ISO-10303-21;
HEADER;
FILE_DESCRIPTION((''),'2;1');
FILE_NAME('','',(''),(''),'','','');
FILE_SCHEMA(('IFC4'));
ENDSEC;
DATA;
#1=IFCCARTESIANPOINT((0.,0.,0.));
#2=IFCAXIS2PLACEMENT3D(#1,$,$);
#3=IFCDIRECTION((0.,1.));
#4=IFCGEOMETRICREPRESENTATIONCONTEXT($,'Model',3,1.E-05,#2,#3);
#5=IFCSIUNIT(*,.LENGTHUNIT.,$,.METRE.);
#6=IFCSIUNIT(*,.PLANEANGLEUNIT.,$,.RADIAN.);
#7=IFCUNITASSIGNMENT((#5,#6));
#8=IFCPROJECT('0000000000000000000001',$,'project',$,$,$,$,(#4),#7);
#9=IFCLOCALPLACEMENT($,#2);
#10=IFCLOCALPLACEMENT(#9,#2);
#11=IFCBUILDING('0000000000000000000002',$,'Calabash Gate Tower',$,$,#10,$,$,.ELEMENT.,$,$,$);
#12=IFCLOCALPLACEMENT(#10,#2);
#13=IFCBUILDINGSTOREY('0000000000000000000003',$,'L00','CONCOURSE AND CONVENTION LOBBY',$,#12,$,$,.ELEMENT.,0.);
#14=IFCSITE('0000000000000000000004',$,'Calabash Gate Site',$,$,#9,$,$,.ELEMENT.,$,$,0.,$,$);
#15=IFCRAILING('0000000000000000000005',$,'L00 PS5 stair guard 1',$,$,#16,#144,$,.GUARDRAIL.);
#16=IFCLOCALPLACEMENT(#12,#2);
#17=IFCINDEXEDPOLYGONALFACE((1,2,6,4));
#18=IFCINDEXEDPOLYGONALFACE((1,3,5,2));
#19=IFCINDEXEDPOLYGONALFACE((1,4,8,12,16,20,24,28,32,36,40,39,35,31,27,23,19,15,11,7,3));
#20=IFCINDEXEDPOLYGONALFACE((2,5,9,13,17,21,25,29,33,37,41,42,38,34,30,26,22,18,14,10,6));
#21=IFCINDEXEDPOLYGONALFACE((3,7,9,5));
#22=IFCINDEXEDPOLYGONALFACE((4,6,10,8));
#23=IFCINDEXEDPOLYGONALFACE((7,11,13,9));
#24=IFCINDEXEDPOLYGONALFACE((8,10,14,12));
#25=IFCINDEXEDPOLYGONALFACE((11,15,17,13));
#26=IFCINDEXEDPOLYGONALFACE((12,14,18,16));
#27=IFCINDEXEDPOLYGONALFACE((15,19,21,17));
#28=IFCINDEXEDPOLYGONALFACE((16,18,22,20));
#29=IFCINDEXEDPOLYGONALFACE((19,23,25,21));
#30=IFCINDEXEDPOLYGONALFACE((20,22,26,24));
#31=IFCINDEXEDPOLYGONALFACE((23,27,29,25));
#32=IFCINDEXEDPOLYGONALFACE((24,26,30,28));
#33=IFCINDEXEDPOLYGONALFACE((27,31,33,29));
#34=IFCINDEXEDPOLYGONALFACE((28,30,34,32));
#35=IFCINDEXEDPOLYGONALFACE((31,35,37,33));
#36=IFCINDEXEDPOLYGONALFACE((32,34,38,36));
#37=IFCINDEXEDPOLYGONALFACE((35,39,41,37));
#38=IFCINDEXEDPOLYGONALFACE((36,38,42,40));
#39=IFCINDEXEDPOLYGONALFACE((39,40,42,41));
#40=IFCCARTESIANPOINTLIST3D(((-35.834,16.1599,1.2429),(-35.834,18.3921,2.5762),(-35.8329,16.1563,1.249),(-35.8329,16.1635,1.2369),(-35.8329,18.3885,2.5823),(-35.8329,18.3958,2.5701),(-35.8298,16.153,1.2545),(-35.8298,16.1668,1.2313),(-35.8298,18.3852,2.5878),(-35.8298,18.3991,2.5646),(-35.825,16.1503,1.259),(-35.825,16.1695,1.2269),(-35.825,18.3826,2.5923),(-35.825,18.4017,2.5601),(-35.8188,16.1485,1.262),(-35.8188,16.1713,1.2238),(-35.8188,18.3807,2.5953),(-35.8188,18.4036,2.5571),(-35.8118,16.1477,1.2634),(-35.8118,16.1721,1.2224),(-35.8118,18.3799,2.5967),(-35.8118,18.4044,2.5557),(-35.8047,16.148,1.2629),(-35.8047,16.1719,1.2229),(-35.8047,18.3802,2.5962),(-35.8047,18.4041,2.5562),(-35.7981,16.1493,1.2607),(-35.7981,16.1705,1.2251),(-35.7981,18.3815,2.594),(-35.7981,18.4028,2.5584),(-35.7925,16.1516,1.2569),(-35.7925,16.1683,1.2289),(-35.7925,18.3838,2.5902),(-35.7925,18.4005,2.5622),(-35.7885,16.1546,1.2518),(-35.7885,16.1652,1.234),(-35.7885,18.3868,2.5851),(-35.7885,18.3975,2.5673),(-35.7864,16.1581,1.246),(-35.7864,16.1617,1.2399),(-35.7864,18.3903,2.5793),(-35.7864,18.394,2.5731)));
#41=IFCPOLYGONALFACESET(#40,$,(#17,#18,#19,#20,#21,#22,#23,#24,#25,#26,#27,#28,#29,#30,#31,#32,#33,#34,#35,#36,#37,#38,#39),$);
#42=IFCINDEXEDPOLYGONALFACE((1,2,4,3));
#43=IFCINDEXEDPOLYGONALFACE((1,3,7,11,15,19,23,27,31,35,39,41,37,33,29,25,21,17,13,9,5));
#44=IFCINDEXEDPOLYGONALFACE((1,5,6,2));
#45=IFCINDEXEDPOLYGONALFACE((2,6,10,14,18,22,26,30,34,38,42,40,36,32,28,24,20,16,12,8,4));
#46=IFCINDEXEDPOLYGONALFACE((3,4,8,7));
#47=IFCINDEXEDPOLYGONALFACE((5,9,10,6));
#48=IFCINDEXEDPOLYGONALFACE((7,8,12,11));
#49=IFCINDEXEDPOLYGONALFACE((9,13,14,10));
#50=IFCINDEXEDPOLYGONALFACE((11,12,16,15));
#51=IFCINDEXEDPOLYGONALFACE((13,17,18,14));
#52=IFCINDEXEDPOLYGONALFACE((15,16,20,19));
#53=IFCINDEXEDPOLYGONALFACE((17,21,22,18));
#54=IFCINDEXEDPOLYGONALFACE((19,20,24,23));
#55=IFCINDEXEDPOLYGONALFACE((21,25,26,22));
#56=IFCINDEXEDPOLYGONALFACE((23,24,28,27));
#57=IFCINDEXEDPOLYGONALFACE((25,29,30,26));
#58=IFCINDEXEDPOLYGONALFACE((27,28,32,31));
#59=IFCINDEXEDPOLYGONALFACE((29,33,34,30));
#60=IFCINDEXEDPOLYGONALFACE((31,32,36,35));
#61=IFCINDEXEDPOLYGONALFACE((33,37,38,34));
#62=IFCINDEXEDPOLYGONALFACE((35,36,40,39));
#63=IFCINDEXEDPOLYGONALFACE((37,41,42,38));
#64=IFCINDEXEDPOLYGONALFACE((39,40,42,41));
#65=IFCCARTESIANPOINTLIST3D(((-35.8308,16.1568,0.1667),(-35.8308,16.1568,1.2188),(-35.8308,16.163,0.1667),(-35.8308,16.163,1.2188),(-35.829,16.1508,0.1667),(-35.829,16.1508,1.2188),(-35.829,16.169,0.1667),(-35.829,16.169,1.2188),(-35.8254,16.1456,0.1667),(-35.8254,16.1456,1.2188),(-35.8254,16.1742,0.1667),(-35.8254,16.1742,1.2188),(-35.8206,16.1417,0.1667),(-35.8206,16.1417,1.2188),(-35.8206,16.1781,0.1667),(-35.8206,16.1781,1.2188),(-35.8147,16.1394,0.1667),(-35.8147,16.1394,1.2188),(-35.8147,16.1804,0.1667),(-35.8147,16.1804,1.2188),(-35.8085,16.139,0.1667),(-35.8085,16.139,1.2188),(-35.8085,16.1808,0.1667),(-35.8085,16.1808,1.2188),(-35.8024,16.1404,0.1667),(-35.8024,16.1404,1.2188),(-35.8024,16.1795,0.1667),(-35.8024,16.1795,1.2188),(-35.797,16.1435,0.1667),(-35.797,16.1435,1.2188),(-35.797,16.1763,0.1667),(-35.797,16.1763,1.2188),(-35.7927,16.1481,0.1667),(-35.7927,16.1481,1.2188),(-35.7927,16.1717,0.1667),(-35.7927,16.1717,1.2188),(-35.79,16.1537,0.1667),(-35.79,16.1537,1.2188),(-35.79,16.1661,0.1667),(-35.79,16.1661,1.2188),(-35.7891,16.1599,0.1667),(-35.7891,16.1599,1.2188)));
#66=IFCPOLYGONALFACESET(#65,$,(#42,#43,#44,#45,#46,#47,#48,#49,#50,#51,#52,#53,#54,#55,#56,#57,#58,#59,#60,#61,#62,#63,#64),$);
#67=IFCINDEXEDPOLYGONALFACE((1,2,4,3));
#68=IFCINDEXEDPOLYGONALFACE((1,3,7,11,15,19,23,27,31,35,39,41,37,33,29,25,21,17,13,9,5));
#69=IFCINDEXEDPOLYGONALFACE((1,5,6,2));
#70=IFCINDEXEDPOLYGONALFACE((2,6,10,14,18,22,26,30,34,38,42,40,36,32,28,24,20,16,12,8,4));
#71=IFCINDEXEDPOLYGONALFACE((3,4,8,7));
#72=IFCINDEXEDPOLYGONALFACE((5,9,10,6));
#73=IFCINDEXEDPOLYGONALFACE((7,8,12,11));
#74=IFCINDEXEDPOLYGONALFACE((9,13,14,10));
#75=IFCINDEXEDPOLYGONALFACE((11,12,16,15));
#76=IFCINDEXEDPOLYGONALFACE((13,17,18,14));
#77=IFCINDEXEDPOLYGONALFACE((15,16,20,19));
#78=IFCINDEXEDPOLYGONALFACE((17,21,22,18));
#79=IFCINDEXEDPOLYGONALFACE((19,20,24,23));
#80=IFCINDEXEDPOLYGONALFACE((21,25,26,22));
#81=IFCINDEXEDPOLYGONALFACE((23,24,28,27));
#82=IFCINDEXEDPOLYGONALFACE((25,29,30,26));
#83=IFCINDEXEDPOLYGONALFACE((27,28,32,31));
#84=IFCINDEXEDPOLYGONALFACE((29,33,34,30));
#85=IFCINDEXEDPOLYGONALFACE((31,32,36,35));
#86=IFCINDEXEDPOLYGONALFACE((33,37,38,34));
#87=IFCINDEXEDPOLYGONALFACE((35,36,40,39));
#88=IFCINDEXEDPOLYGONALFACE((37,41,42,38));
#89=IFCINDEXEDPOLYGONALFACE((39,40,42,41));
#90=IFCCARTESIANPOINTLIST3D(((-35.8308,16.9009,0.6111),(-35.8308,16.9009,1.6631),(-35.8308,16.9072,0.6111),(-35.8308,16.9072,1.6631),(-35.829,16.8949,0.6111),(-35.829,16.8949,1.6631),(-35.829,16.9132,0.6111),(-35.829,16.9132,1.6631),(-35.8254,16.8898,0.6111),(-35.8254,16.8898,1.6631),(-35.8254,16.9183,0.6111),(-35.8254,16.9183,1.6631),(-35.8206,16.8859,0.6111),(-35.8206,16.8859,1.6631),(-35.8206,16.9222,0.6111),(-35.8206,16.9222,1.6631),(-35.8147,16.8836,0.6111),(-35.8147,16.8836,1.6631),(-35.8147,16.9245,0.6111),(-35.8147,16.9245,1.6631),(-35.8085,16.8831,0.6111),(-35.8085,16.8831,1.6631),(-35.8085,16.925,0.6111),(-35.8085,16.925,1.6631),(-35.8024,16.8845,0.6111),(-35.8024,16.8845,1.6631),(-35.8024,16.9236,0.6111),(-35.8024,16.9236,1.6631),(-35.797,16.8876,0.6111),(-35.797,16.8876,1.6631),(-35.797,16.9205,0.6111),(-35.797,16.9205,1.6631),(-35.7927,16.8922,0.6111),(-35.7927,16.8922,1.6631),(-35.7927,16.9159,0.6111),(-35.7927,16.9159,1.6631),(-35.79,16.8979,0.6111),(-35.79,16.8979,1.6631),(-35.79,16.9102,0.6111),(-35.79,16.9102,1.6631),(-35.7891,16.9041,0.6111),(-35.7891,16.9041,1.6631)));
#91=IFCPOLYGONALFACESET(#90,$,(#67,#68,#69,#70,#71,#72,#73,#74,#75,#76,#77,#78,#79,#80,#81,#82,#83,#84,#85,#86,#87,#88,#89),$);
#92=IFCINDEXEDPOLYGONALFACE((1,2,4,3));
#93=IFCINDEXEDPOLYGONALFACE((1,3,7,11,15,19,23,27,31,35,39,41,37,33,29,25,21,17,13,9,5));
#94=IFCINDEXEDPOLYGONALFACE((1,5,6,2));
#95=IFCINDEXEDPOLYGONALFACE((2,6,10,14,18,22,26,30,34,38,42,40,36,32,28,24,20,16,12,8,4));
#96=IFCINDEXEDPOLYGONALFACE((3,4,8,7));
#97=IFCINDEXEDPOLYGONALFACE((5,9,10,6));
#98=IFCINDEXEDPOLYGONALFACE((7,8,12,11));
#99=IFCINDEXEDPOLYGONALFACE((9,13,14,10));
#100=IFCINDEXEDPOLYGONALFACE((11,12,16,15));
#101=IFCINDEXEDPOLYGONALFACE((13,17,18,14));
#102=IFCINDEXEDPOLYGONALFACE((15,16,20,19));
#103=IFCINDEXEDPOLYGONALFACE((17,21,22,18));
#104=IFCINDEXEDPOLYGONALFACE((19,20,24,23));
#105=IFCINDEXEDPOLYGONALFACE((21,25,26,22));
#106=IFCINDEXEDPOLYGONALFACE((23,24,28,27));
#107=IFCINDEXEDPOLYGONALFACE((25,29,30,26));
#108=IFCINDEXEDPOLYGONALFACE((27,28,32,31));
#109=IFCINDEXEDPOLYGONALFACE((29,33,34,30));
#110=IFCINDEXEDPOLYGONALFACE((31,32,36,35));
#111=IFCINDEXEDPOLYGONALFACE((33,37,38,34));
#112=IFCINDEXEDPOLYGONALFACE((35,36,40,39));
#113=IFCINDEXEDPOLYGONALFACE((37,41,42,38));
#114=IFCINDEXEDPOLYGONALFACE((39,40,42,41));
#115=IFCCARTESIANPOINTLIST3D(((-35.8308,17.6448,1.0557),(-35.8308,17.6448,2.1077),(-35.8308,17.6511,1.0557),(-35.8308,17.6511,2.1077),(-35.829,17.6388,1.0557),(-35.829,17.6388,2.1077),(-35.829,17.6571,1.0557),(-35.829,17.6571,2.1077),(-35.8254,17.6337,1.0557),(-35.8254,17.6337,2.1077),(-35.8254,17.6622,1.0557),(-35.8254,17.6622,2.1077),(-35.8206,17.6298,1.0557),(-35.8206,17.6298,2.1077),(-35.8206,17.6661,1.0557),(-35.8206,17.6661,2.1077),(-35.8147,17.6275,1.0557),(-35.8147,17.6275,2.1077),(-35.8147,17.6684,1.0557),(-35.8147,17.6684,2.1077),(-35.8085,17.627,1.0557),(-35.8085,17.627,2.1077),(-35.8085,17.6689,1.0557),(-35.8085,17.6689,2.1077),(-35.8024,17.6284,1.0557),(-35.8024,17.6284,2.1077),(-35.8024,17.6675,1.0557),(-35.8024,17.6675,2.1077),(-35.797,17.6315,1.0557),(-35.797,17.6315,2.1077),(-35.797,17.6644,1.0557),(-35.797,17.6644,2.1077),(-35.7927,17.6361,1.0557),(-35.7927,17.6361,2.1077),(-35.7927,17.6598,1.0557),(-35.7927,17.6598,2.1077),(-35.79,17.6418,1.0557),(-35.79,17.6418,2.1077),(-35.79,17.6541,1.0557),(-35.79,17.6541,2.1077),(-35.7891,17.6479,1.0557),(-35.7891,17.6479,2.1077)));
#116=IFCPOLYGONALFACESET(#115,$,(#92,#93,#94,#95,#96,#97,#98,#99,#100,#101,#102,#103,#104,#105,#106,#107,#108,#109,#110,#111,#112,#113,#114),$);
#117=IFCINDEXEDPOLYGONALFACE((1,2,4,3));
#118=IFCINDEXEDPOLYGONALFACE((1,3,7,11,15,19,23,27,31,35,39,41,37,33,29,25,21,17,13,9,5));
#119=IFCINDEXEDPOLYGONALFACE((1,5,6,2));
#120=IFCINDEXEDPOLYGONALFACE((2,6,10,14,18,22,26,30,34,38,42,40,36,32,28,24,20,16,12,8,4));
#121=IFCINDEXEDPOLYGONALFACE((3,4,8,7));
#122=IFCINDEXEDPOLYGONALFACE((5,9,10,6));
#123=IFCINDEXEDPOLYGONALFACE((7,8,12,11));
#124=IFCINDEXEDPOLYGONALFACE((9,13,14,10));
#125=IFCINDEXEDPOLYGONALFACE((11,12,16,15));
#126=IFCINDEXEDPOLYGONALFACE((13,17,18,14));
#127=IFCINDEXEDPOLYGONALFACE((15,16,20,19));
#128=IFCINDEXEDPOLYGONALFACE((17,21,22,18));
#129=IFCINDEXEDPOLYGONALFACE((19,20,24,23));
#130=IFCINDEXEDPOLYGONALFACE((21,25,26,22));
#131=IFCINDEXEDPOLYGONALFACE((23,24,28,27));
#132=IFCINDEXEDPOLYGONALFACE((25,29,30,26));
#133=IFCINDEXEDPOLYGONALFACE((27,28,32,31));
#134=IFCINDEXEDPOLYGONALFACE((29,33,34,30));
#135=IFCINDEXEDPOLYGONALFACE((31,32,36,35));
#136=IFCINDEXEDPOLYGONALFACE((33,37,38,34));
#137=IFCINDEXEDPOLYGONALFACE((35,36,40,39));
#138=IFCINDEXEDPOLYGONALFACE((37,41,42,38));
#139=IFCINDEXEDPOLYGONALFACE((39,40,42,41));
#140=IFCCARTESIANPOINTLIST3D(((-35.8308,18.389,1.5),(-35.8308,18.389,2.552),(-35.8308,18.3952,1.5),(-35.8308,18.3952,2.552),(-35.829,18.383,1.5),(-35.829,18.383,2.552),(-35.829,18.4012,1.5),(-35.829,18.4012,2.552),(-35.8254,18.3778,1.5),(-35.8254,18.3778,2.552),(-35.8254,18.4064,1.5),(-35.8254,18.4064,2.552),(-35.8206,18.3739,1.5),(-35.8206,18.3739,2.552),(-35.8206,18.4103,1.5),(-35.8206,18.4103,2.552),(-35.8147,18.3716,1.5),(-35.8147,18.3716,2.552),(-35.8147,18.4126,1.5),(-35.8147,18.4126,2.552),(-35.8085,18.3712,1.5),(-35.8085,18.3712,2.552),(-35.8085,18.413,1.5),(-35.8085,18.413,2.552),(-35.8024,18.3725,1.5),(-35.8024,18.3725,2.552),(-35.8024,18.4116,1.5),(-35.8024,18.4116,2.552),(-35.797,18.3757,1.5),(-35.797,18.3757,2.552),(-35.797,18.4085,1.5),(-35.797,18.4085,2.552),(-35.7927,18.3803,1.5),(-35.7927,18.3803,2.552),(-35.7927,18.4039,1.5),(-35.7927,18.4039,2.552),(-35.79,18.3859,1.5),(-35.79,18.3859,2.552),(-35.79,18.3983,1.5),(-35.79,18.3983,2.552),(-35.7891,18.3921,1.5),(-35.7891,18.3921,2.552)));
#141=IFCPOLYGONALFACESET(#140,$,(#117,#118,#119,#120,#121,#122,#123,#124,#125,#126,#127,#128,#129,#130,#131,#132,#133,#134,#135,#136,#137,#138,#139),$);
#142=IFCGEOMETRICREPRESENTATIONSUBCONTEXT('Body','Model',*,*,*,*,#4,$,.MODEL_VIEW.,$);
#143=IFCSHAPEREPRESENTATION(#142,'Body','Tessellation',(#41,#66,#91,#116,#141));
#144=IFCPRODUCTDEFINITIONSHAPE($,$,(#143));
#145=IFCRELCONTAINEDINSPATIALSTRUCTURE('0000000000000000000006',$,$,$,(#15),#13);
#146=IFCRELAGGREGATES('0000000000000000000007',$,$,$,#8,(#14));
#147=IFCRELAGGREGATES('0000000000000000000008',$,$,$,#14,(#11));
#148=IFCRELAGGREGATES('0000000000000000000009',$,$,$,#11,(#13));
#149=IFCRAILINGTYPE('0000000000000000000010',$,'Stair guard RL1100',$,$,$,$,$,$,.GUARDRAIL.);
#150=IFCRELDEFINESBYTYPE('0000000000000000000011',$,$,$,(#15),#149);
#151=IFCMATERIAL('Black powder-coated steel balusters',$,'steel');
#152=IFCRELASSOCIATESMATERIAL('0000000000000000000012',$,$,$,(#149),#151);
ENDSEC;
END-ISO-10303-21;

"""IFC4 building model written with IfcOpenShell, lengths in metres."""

from ifc_helpers import new_model, si_unit, direction, frame, origin, origin_2d, place, context, subcontext, project, spatial, circle, extrude, material, type_object, element, save


model = new_model("IFC4")

# Units and contexts
model_context = context("Model", 3, precision=1e-05, world=origin(), true_north=direction((0.0, 1.0)))
body_context = subcontext(model_context, "Body", "Model", "MODEL_VIEW")
ifc_project = project(units=[si_unit("LENGTHUNIT", "METRE"), si_unit("PLANEANGLEUNIT", "RADIAN")], contexts=[model_context])

# Site, building, storey
site_placement = place(None, origin())
site = spatial("IfcSite", under=ifc_project, at=site_placement, Name="Calabash Gate Site", CompositionType="ELEMENT", RefElevation=0.0)
building_placement = place(site_placement, origin())
building = spatial("IfcBuilding", under=site, at=building_placement, Name="Calabash Gate Tower", CompositionType="ELEMENT")
storey_placement = place(building_placement, origin())
storey = spatial("IfcBuildingStorey", under=building, at=storey_placement, Name="L00", Description="CONCOURSE AND CONVENTION LOBBY", CompositionType="ELEMENT", Elevation=0.0)

# Railing
ifc_material_1 = material(Name="Black powder-coated steel balusters", Category="steel")
railing_type_1 = type_object("IfcRailingType", Name="Stair guard RL1100", PredefinedType="GUARDRAIL", material=ifc_material_1)
railing_1_placement = place(storey_placement, frame((-35.8101, 16.1599, 0.1667)))
element("IfcRailing", 1, at=railing_1_placement, inside=storey, type_object=railing_type_1, Name="L00 PS5 stair guard 1", PredefinedType="GUARDRAIL", context=body_context, shape_type="SweptSolid", body=[
    extrude(circle(Radius=0.0239, at=origin_2d()), frame((0.0, 0.0, 1.0762), z_axis=(0.0, 0.858519, 0.512782), x_axis=(-1.0, 0.0, 0.0)), (0.0, 0.0, 1.0), 2.6001),
    extrude(circle(Radius=0.021, at=origin_2d()), origin(), (0.0, 0.0, 1.0), 1.052),
    extrude(circle(Radius=0.021, at=origin_2d()), frame((0.0, 0.7441, 0.4443)), (0.0, 0.0, 1.0), 1.052),
    extrude(circle(Radius=0.021, at=origin_2d()), frame((0.0, 1.488, 0.8889)), (0.0, 0.0, 1.0), 1.052),
    extrude(circle(Radius=0.021, at=origin_2d()), frame((0.0, 2.2322, 1.3333)), (0.0, 0.0, 1.0), 1.052),
])

save(model, "model.ifc")
